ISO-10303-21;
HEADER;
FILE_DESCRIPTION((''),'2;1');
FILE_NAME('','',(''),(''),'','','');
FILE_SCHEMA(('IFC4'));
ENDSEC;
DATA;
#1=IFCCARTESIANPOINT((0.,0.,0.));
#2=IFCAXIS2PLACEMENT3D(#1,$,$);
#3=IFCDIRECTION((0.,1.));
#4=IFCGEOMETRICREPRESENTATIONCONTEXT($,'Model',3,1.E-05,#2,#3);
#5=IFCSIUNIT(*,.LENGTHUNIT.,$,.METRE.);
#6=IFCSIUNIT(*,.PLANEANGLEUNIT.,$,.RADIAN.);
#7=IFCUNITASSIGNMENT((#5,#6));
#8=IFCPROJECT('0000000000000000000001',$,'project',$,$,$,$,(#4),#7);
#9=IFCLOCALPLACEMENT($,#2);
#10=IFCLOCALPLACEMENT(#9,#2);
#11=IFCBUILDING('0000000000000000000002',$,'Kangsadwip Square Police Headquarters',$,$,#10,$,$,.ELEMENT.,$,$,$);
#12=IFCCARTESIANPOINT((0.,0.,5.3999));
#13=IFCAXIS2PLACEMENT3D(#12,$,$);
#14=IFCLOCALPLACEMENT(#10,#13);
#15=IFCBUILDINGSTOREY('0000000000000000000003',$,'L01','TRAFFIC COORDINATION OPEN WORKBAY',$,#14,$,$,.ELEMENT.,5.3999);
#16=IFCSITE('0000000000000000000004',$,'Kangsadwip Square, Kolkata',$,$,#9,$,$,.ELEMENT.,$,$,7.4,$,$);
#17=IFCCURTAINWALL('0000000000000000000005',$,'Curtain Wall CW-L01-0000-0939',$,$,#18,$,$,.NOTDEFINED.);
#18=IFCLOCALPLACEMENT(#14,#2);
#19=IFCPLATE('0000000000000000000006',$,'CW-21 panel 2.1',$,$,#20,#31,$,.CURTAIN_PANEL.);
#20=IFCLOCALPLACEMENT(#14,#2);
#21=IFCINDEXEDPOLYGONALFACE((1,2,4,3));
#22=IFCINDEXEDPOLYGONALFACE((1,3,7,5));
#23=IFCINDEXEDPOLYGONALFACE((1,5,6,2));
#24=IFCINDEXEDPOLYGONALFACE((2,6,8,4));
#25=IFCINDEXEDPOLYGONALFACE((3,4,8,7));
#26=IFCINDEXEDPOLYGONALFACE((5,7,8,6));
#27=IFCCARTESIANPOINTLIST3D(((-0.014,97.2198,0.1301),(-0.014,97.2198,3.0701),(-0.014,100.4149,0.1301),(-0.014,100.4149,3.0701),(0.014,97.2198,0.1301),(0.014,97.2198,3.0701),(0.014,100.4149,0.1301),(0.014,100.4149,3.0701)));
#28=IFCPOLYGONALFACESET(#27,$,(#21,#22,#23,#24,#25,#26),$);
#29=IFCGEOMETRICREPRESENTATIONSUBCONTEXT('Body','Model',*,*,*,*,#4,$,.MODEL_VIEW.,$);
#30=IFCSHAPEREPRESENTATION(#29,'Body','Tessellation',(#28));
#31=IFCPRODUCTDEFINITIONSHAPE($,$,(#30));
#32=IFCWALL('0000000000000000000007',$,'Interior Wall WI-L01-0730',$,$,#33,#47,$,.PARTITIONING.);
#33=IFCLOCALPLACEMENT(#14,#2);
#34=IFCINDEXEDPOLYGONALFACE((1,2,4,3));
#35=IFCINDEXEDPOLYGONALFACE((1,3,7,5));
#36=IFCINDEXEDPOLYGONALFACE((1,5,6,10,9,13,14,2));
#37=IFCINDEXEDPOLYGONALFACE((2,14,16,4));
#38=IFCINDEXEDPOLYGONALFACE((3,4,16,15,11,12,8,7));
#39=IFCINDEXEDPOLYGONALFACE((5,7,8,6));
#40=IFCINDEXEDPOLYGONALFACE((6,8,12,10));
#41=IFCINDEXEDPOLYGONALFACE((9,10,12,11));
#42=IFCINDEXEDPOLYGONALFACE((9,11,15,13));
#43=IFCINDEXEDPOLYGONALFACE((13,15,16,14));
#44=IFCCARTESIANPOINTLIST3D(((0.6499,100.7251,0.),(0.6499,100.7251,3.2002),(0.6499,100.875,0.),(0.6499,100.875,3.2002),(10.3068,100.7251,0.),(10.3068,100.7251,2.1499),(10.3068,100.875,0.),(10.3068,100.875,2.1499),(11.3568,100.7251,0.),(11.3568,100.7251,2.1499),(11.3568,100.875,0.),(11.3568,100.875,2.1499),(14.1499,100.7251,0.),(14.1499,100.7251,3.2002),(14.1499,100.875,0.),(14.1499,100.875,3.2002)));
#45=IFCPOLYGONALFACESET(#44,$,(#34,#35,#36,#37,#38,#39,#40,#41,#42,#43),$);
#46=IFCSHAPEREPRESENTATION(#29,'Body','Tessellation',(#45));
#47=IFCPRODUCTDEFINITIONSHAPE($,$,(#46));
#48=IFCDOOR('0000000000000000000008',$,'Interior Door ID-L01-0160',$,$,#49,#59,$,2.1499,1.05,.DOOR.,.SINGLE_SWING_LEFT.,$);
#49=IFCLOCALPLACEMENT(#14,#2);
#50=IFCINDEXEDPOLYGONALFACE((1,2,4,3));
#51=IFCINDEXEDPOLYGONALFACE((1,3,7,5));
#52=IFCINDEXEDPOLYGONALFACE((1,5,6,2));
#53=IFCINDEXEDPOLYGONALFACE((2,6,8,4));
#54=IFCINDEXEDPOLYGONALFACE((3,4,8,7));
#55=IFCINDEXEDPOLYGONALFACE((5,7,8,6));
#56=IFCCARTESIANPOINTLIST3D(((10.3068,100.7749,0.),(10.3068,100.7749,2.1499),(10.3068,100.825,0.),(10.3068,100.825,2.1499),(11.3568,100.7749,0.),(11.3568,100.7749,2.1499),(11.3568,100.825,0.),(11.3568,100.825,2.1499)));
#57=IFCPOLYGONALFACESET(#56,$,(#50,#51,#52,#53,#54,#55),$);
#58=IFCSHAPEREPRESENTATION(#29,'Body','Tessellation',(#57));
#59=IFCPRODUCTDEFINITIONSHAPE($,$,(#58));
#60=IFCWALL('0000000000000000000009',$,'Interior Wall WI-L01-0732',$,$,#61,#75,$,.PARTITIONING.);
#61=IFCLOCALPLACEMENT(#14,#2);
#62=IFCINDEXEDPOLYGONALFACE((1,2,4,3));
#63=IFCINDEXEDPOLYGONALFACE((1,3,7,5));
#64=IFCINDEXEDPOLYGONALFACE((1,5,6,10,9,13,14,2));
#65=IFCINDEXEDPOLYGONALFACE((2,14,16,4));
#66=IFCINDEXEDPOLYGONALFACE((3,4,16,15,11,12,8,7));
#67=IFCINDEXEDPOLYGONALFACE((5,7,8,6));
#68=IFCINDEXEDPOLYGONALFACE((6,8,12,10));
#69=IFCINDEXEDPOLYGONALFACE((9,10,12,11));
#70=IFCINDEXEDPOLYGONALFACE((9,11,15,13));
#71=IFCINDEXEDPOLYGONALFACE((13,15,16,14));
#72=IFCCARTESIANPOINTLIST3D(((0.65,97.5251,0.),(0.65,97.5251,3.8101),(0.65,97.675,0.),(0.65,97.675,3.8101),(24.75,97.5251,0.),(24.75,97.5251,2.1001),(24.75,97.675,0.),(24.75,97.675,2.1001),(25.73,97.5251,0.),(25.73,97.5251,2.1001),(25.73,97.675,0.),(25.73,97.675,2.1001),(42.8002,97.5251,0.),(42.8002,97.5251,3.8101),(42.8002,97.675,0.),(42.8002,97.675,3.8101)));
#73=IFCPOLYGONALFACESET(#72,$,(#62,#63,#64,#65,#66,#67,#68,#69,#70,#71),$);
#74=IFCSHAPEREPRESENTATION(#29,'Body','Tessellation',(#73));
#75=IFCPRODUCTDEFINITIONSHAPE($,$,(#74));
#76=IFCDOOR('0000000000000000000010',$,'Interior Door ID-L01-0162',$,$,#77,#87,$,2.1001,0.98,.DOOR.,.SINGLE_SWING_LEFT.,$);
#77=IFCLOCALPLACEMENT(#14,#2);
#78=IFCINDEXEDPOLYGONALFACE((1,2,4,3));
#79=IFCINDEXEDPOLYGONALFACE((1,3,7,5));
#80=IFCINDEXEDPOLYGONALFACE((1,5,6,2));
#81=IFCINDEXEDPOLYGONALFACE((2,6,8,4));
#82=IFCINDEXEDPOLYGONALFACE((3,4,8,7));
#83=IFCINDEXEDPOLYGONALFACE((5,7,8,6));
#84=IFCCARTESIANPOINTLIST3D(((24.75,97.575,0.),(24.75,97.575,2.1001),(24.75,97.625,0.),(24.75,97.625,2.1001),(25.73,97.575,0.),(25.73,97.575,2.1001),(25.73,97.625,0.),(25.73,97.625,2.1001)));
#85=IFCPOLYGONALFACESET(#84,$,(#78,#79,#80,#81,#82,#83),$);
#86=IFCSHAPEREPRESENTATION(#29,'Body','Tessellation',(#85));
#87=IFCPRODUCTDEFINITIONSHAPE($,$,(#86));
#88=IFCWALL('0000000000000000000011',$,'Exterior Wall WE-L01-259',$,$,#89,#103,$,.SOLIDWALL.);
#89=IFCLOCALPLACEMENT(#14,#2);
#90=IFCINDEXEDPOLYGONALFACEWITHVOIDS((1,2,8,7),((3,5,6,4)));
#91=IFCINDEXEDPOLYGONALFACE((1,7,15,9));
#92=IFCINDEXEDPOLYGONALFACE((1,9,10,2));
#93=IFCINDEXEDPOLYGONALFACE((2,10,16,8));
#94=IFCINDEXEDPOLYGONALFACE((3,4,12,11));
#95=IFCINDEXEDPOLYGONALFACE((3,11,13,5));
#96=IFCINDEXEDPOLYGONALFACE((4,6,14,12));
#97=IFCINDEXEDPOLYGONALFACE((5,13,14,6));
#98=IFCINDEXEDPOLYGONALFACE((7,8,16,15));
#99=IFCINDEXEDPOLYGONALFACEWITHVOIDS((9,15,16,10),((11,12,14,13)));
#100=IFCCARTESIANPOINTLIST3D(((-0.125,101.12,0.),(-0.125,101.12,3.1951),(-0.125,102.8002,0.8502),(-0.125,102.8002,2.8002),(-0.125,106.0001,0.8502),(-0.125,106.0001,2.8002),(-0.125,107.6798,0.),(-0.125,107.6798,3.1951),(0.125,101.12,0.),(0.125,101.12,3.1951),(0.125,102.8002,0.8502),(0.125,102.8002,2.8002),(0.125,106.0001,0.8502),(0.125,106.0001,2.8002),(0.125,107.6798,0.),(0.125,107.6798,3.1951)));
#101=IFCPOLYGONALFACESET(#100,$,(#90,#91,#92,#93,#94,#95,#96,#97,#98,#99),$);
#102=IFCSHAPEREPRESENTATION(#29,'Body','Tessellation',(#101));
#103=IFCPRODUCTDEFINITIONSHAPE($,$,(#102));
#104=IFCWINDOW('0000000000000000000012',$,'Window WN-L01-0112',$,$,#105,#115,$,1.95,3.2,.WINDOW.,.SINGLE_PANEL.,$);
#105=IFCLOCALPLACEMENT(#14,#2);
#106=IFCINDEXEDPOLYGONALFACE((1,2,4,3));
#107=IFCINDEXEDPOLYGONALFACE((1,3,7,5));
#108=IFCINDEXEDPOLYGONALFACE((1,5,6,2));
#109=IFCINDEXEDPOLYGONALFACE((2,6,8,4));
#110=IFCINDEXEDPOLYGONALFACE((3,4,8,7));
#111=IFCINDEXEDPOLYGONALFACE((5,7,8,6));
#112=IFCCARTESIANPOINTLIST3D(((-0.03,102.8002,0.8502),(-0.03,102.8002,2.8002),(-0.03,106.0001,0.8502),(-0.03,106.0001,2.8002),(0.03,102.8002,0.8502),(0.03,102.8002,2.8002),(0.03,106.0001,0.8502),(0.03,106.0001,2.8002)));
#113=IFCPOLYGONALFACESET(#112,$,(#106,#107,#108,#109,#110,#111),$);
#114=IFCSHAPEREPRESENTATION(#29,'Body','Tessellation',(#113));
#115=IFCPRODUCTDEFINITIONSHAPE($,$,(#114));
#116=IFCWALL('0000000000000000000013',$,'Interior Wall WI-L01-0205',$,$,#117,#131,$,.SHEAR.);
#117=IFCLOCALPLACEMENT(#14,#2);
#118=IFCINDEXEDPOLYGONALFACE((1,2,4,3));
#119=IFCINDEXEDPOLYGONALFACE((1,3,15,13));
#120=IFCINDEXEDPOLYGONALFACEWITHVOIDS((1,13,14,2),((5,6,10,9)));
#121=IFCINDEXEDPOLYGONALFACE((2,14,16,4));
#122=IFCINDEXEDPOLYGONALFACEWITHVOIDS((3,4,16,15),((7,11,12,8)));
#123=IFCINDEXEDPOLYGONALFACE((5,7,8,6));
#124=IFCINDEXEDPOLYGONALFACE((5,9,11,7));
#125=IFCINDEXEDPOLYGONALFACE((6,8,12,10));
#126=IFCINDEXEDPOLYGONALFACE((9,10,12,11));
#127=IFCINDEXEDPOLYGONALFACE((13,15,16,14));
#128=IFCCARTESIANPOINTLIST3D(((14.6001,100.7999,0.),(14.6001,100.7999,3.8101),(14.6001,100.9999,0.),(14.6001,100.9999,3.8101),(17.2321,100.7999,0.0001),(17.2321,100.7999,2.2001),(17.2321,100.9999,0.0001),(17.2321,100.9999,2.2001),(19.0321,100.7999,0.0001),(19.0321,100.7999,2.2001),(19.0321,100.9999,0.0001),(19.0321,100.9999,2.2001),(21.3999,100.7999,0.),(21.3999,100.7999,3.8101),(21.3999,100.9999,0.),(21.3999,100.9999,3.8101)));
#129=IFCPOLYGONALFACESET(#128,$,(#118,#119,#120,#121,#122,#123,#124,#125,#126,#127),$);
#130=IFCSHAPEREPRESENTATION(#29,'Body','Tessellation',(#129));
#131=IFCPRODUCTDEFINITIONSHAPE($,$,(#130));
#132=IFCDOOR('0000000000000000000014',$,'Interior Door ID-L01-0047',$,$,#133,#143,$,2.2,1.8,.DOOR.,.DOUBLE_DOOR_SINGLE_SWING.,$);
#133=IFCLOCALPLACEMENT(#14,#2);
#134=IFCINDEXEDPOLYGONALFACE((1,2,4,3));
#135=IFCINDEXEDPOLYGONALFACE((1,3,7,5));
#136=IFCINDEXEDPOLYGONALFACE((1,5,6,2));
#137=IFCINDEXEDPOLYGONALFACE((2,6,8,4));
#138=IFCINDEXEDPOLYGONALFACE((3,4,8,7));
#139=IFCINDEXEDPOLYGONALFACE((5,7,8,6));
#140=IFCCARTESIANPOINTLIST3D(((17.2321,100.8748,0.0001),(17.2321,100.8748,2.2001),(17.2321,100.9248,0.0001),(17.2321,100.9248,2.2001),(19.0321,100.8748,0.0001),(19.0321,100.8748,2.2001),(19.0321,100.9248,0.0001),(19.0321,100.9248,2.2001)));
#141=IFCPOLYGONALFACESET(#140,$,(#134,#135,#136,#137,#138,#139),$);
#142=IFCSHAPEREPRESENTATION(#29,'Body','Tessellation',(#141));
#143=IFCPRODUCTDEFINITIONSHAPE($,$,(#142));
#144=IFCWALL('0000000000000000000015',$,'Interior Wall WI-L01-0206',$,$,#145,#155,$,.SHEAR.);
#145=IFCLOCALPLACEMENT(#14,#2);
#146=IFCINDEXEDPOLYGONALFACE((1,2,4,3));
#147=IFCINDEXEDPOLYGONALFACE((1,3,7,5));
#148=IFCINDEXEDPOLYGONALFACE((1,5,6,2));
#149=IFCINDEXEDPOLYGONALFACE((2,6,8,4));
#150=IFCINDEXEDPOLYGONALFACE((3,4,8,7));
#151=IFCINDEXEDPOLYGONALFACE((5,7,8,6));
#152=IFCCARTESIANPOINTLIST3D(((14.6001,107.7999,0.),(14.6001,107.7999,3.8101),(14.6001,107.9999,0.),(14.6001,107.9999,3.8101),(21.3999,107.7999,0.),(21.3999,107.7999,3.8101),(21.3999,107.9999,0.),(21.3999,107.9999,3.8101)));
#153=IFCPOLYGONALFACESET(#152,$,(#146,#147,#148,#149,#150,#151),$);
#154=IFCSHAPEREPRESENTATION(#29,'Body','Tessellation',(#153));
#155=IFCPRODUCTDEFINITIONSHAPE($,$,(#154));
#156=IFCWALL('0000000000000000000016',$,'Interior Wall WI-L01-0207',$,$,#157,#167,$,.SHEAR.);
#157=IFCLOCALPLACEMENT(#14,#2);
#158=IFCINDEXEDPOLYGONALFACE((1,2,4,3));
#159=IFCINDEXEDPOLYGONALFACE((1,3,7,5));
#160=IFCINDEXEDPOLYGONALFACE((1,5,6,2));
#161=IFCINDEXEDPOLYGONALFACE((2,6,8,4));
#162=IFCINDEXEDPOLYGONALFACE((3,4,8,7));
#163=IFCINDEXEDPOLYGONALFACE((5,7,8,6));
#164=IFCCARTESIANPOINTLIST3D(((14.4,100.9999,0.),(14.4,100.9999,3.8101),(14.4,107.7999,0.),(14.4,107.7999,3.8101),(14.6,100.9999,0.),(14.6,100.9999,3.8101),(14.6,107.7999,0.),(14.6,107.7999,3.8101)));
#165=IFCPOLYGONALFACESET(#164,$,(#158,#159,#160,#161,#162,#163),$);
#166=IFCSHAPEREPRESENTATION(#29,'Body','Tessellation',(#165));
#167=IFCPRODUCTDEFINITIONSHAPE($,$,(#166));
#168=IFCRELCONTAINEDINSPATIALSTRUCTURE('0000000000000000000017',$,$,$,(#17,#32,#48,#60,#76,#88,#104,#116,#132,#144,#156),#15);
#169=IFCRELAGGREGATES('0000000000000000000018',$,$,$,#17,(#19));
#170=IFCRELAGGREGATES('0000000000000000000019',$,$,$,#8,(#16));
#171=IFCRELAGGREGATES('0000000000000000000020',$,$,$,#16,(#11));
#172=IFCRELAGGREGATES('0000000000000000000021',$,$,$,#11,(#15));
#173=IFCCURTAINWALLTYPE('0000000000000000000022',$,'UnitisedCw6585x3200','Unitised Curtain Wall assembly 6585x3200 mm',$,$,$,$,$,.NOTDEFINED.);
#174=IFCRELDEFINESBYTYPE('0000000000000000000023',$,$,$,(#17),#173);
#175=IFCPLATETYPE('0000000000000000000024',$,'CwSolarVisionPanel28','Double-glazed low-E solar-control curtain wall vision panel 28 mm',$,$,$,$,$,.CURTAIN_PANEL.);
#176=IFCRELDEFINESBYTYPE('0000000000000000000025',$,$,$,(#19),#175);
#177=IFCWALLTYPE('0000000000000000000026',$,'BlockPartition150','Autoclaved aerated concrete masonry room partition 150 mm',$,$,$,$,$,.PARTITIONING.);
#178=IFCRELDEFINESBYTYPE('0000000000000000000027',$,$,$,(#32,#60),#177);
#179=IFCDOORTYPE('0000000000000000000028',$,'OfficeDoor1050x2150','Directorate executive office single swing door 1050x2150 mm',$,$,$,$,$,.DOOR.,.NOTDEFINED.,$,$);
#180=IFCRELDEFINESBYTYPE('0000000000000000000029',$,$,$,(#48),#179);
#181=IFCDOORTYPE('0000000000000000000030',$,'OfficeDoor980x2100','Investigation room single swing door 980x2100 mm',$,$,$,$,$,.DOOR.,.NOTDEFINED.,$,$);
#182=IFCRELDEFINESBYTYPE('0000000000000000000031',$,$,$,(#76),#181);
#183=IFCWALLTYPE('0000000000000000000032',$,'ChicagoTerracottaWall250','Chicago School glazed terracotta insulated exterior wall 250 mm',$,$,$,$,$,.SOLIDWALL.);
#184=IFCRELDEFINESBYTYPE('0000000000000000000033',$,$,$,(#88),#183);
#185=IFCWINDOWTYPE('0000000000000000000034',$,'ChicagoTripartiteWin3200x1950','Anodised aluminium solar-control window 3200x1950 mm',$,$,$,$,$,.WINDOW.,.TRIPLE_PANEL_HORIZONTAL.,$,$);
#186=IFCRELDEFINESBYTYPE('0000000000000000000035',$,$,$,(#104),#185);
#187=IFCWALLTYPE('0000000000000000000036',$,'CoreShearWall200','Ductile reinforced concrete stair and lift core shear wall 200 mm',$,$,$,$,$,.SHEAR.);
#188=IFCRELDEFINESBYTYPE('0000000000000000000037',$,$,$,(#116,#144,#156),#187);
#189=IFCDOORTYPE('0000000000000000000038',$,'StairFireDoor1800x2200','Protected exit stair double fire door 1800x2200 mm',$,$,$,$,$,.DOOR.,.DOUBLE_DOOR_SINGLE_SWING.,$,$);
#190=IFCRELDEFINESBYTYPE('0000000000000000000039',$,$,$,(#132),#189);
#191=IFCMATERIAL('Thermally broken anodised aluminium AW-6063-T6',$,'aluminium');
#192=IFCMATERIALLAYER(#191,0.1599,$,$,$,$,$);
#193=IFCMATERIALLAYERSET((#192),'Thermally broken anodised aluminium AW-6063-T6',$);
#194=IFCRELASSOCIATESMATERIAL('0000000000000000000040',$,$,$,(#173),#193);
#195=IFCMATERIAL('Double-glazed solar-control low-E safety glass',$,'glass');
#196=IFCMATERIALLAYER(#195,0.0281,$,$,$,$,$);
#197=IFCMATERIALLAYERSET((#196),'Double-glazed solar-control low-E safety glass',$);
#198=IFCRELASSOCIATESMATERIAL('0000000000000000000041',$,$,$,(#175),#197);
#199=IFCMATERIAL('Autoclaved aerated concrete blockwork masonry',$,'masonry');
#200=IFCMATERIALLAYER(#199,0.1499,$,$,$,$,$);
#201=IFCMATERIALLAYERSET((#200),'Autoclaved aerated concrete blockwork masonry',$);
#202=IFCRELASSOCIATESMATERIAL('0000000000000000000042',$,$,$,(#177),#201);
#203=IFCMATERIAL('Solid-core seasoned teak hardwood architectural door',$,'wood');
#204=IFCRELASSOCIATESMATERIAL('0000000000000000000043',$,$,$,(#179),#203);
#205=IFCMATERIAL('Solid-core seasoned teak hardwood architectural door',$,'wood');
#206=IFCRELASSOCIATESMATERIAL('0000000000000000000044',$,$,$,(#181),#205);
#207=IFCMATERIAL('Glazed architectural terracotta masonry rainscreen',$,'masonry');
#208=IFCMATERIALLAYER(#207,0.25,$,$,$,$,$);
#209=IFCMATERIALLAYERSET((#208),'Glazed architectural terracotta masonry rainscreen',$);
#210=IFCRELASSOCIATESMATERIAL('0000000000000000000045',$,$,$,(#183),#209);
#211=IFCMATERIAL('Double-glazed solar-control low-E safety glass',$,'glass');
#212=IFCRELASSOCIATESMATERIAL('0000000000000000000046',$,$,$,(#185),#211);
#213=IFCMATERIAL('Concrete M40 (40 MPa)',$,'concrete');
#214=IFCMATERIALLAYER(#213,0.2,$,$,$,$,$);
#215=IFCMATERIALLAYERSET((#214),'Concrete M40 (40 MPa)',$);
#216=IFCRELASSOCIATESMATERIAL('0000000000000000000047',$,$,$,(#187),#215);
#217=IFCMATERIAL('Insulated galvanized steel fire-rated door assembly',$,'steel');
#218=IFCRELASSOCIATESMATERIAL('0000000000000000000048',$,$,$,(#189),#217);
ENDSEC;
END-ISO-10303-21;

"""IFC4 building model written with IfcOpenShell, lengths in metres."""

from ifc_helpers import new_model, si_unit, direction, frame, frame_2d, origin, origin_2d, place, context, subcontext, project, spatial, rectangle, extrude, material, layer, layer_set, type_object, element, fill, aggregate, save


model = new_model("IFC4")

# Units and contexts
model_context = context("Model", 3, precision=1e-05, world=origin(), true_north=direction((0.0, 1.0)))
body_context = subcontext(model_context, "Body", "Model", "MODEL_VIEW")
ifc_project = project(units=[si_unit("LENGTHUNIT", "METRE"), si_unit("PLANEANGLEUNIT", "RADIAN")], contexts=[model_context])

# Site, building, storey
site_placement = place(None, origin())
site = spatial("IfcSite", under=ifc_project, at=site_placement, Name="Kangsadwip Square, Kolkata", CompositionType="ELEMENT", RefElevation=7.4)
building_placement = place(site_placement, origin())
building = spatial("IfcBuilding", under=site, at=building_placement, Name="Kangsadwip Square Police Headquarters", CompositionType="ELEMENT")
storey_placement = place(building_placement, frame((0.0, 0.0, 5.3999)))
storey = spatial("IfcBuildingStorey", under=building, at=storey_placement, Name="L01", Description="TRAFFIC COORDINATION OPEN WORKBAY", CompositionType="ELEMENT", Elevation=5.3999)

# Curtain wall
ifc_material_1 = material(Name="Thermally broken anodised aluminium AW-6063-T6", Category="aluminium")
ifc_layer_1 = layer(ifc_material_1, 0.1599)
ifc_layer_set_1 = layer_set([ifc_layer_1], Name="Thermally broken anodised aluminium AW-6063-T6")
curtain_wall_type = type_object("IfcCurtainWallType", Name="UnitisedCw6585x3200", Description="Unitised Curtain Wall assembly 6585x3200 mm", PredefinedType="NOTDEFINED", material=ifc_layer_set_1)
curtain_wall_placement = place(storey_placement, origin())
curtain_wall = element("IfcCurtainWall", 1, at=curtain_wall_placement, inside=storey, type_object=curtain_wall_type, Name="Curtain Wall CW-L01-0000-0939", PredefinedType="NOTDEFINED")

# Plate
ifc_material_2 = material(Name="Double-glazed solar-control low-E safety glass", Category="glass")
ifc_layer_2 = layer(ifc_material_2, 0.0281)
ifc_layer_set_2 = layer_set([ifc_layer_2], Name="Double-glazed solar-control low-E safety glass")
plate_type = type_object("IfcPlateType", Name="CwSolarVisionPanel28", Description="Double-glazed low-E solar-control curtain wall vision panel 28 mm", PredefinedType="CURTAIN_PANEL", material=ifc_layer_set_2)
plate_placement = place(storey_placement, frame((0.0, 98.8174, 0.1301), z_axis=(0.0, 0.0, 1.0), x_axis=(0.0, 1.0, 0.0)))
plate = element("IfcPlate", 2, at=plate_placement, type_object=plate_type, Name="CW-21 panel 2.1", PredefinedType="CURTAIN_PANEL", context=body_context, shape_type="SweptSolid", body=[
    extrude(rectangle(XDim=3.1951, YDim=0.0281, at=origin_2d()), origin(), (0.0, 0.0, 1.0), 2.9399),
])
aggregate(curtain_wall, [plate])

# Walls, openings, doors
ifc_material_3 = material(Name="Autoclaved aerated concrete blockwork masonry", Category="masonry")
ifc_layer_3 = layer(ifc_material_3, 0.1499)
ifc_layer_set_3 = layer_set([ifc_layer_3], Name="Autoclaved aerated concrete blockwork masonry")
wall_type_1 = type_object("IfcWallType", Name="BlockPartition150", Description="Autoclaved aerated concrete masonry room partition 150 mm", PredefinedType="PARTITIONING", material=ifc_layer_set_3)
wall_1_placement = place(storey_placement, frame((0.6499, 100.8, 0.0), z_axis=(0.0, 0.0, 1.0), x_axis=(1.0, 0.0, 0.0)))
wall_1 = element("IfcWall", 3, at=wall_1_placement, inside=storey, type_object=wall_type_1, Name="Interior Wall WI-L01-0730", PredefinedType="PARTITIONING", context=body_context, shape_type="SweptSolid", body=[
    extrude(rectangle(XDim=13.5, YDim=0.1499, at=frame_2d((6.75, 0.0))), origin(), (0.0, 0.0, 1.0), 3.2002),
])
opening_1_placement = place(wall_1_placement, frame((9.657, 0.0, 0.0)))
opening_1 = element("IfcOpeningElement", 4, at=opening_1_placement, cuts=wall_1, PredefinedType="OPENING", context=body_context, shape_type="SweptSolid", body=[
    extrude(rectangle(XDim=1.05, YDim=2.1499, at=frame_2d((0.5249, 1.075))), frame((0.0, 0.085, 0.0), z_axis=(0.0, -1.0, 0.0), x_axis=(1.0, 0.0, 0.0)), (0.0, 0.0, 1.0), 0.1699),
])
ifc_material_4 = material(Name="Solid-core seasoned teak hardwood architectural door", Category="wood")
door_type_1 = type_object("IfcDoorType", Name="OfficeDoor1050x2150", Description="Directorate executive office single swing door 1050x2150 mm", OperationType="NOTDEFINED", PredefinedType="DOOR", material=ifc_material_4)
door_1_placement = place(opening_1_placement, origin())
door_1 = element("IfcDoor", 5, at=door_1_placement, inside=storey, type_object=door_type_1, Name="Interior Door ID-L01-0160", OperationType="SINGLE_SWING_LEFT", OverallHeight=2.1499, OverallWidth=1.05, PredefinedType="DOOR", context=body_context, shape_type="SweptSolid", body=[
    extrude(rectangle(XDim=1.05, YDim=2.1499, at=frame_2d((0.5249, 1.075))), frame((0.0, 0.0249, 0.0), z_axis=(0.0, -1.0, 0.0), x_axis=(1.0, 0.0, 0.0)), (0.0, 0.0, 1.0), 0.05),
])
fill(opening_1, door_1)
wall_2_placement = place(storey_placement, frame((0.6499, 97.6001, 0.0), z_axis=(0.0, 0.0, 1.0), x_axis=(1.0, 0.0, 0.0)))
wall_2 = element("IfcWall", 6, at=wall_2_placement, inside=storey, type_object=wall_type_1, Name="Interior Wall WI-L01-0732", PredefinedType="PARTITIONING", context=body_context, shape_type="SweptSolid", body=[
    extrude(rectangle(XDim=42.1501, YDim=0.1499, at=frame_2d((21.0752, 0.0))), origin(), (0.0, 0.0, 1.0), 3.8101),
])
opening_2_placement = place(wall_2_placement, frame((24.1001, 0.0, 0.0)))
opening_2 = element("IfcOpeningElement", 7, at=opening_2_placement, cuts=wall_2, PredefinedType="OPENING", context=body_context, shape_type="SweptSolid", body=[
    extrude(rectangle(XDim=0.98, YDim=2.1001, at=frame_2d((0.49, 1.05))), frame((0.0, 0.085, 0.0), z_axis=(0.0, -1.0, 0.0), x_axis=(1.0, 0.0, 0.0)), (0.0, 0.0, 1.0), 0.1699),
])
ifc_material_5 = material(Name="Solid-core seasoned teak hardwood architectural door", Category="wood")
door_type_2 = type_object("IfcDoorType", Name="OfficeDoor980x2100", Description="Investigation room single swing door 980x2100 mm", OperationType="NOTDEFINED", PredefinedType="DOOR", material=ifc_material_5)
door_2_placement = place(opening_2_placement, origin())
door_2 = element("IfcDoor", 8, at=door_2_placement, inside=storey, type_object=door_type_2, Name="Interior Door ID-L01-0162", OperationType="SINGLE_SWING_LEFT", OverallHeight=2.1001, OverallWidth=0.98, PredefinedType="DOOR", context=body_context, shape_type="SweptSolid", body=[
    extrude(rectangle(XDim=0.98, YDim=2.1001, at=frame_2d((0.49, 1.05))), frame((0.0, 0.0249, 0.0), z_axis=(0.0, -1.0, 0.0), x_axis=(1.0, 0.0, 0.0)), (0.0, 0.0, 1.0), 0.05),
])
fill(opening_2, door_2)

# Wall, opening, window
ifc_material_6 = material(Name="Glazed architectural terracotta masonry rainscreen", Category="masonry")
ifc_layer_4 = layer(ifc_material_6, 0.25)
ifc_layer_set_4 = layer_set([ifc_layer_4], Name="Glazed architectural terracotta masonry rainscreen")
wall_type_2 = type_object("IfcWallType", Name="ChicagoTerracottaWall250", Description="Chicago School glazed terracotta insulated exterior wall 250 mm", PredefinedType="SOLIDWALL", material=ifc_layer_set_4)
wall_3_placement = place(storey_placement, frame((0.0, 101.1201, 0.0), z_axis=(0.0, 0.0, 1.0), x_axis=(0.0, 1.0, 0.0)))
wall_3 = element("IfcWall", 9, at=wall_3_placement, inside=storey, type_object=wall_type_2, Name="Exterior Wall WE-L01-259", PredefinedType="SOLIDWALL", context=body_context, shape_type="SweptSolid", body=[
    extrude(rectangle(XDim=6.5598, YDim=0.25, at=frame_2d((3.2798, 0.0))), origin(), (0.0, 0.0, 1.0), 3.1951),
])
opening_3_placement = place(wall_3_placement, frame((1.6799, 0.0, 0.8501)))
opening_3 = element("IfcOpeningElement", 10, at=opening_3_placement, cuts=wall_3, PredefinedType="OPENING", context=body_context, shape_type="SweptSolid", body=[
    extrude(rectangle(XDim=3.2, YDim=1.95, at=frame_2d((1.6001, 0.9751))), frame((0.0, 0.135, 0.0), z_axis=(0.0, -1.0, 0.0), x_axis=(1.0, 0.0, 0.0)), (0.0, 0.0, 1.0), 0.27),
])
ifc_material_7 = material(Name="Double-glazed solar-control low-E safety glass", Category="glass")
window_type = type_object("IfcWindowType", Name="ChicagoTripartiteWin3200x1950", Description="Anodised aluminium solar-control window 3200x1950 mm", PartitioningType="TRIPLE_PANEL_HORIZONTAL", PredefinedType="WINDOW", material=ifc_material_7)
window_placement = place(opening_3_placement, origin())
window = element("IfcWindow", 11, at=window_placement, inside=storey, type_object=window_type, Name="Window WN-L01-0112", OverallHeight=1.95, OverallWidth=3.2, PartitioningType="SINGLE_PANEL", PredefinedType="WINDOW", context=body_context, shape_type="SweptSolid", body=[
    extrude(rectangle(XDim=3.2, YDim=1.95, at=frame_2d((1.6001, 0.9751))), frame((0.0, 0.03, 0.0), z_axis=(0.0, -1.0, 0.0), x_axis=(1.0, 0.0, 0.0)), (0.0, 0.0, 1.0), 0.0601),
])
fill(opening_3, window)

# Wall, opening, door
ifc_material_8 = material(Name="Concrete M40 (40 MPa)", Category="concrete")
ifc_layer_5 = layer(ifc_material_8, 0.2)
ifc_layer_set_5 = layer_set([ifc_layer_5], Name="Concrete M40 (40 MPa)")
wall_type_3 = type_object("IfcWallType", Name="CoreShearWall200", Description="Ductile reinforced concrete stair and lift core shear wall 200 mm", PredefinedType="SHEAR", material=ifc_layer_set_5)
wall_4_placement = place(storey_placement, frame((14.6001, 100.8999, 0.0), z_axis=(0.0, 0.0, 1.0), x_axis=(1.0, 0.0, 0.0)))
wall_4 = element("IfcWall", 12, at=wall_4_placement, inside=storey, type_object=wall_type_3, Name="Interior Wall WI-L01-0205", PredefinedType="SHEAR", context=body_context, shape_type="SweptSolid", body=[
    extrude(rectangle(XDim=6.7998, YDim=0.2, at=frame_2d((3.3999, 0.0))), origin(), (0.0, 0.0, 1.0), 3.8101),
])
opening_4_placement = place(wall_4_placement, frame((2.6321, 0.0, 0.0)))
opening_4 = element("IfcOpeningElement", 13, at=opening_4_placement, cuts=wall_4, PredefinedType="OPENING", context=body_context, shape_type="SweptSolid", body=[
    extrude(rectangle(XDim=1.8, YDim=2.2, at=frame_2d((0.8999, 1.1001))), frame((0.0, 0.1099, 0.0), z_axis=(0.0, -1.0, 0.0), x_axis=(1.0, 0.0, 0.0)), (0.0, 0.0, 1.0), 0.22),
])
ifc_material_9 = material(Name="Insulated galvanized steel fire-rated door assembly", Category="steel")
door_type_3 = type_object("IfcDoorType", Name="StairFireDoor1800x2200", Description="Protected exit stair double fire door 1800x2200 mm", OperationType="DOUBLE_DOOR_SINGLE_SWING", PredefinedType="DOOR", material=ifc_material_9)
door_3_placement = place(opening_4_placement, origin())
door_3 = element("IfcDoor", 14, at=door_3_placement, inside=storey, type_object=door_type_3, Name="Interior Door ID-L01-0047", OperationType="DOUBLE_DOOR_SINGLE_SWING", OverallHeight=2.2, OverallWidth=1.8, PredefinedType="DOOR", context=body_context, shape_type="SweptSolid", body=[
    extrude(rectangle(XDim=1.8, YDim=2.2, at=frame_2d((0.8999, 1.1001))), frame((0.0, 0.0249, 0.0), z_axis=(0.0, -1.0, 0.0), x_axis=(1.0, 0.0, 0.0)), (0.0, 0.0, 1.0), 0.05),
])
fill(opening_4, door_3)

# Walls
wall_5_placement = place(storey_placement, frame((14.6001, 107.8999, 0.0), z_axis=(0.0, 0.0, 1.0), x_axis=(1.0, 0.0, 0.0)))
element("IfcWall", 15, at=wall_5_placement, inside=storey, type_object=wall_type_3, Name="Interior Wall WI-L01-0206", PredefinedType="SHEAR", context=body_context, shape_type="SweptSolid", body=[
    extrude(rectangle(XDim=6.7998, YDim=0.2, at=frame_2d((3.3999, 0.0))), origin(), (0.0, 0.0, 1.0), 3.8101),
])
wall_6_placement = place(storey_placement, frame((14.5, 101.0, 0.0), z_axis=(0.0, 0.0, 1.0), x_axis=(0.0, 1.0, 0.0)))
element("IfcWall", 16, at=wall_6_placement, inside=storey, type_object=wall_type_3, Name="Interior Wall WI-L01-0207", PredefinedType="SHEAR", context=body_context, shape_type="SweptSolid", body=[
    extrude(rectangle(XDim=6.8, YDim=0.2, at=frame_2d((3.3999, 0.0))), origin(), (0.0, 0.0, 1.0), 3.8101),
])

save(model, "model.ifc")
